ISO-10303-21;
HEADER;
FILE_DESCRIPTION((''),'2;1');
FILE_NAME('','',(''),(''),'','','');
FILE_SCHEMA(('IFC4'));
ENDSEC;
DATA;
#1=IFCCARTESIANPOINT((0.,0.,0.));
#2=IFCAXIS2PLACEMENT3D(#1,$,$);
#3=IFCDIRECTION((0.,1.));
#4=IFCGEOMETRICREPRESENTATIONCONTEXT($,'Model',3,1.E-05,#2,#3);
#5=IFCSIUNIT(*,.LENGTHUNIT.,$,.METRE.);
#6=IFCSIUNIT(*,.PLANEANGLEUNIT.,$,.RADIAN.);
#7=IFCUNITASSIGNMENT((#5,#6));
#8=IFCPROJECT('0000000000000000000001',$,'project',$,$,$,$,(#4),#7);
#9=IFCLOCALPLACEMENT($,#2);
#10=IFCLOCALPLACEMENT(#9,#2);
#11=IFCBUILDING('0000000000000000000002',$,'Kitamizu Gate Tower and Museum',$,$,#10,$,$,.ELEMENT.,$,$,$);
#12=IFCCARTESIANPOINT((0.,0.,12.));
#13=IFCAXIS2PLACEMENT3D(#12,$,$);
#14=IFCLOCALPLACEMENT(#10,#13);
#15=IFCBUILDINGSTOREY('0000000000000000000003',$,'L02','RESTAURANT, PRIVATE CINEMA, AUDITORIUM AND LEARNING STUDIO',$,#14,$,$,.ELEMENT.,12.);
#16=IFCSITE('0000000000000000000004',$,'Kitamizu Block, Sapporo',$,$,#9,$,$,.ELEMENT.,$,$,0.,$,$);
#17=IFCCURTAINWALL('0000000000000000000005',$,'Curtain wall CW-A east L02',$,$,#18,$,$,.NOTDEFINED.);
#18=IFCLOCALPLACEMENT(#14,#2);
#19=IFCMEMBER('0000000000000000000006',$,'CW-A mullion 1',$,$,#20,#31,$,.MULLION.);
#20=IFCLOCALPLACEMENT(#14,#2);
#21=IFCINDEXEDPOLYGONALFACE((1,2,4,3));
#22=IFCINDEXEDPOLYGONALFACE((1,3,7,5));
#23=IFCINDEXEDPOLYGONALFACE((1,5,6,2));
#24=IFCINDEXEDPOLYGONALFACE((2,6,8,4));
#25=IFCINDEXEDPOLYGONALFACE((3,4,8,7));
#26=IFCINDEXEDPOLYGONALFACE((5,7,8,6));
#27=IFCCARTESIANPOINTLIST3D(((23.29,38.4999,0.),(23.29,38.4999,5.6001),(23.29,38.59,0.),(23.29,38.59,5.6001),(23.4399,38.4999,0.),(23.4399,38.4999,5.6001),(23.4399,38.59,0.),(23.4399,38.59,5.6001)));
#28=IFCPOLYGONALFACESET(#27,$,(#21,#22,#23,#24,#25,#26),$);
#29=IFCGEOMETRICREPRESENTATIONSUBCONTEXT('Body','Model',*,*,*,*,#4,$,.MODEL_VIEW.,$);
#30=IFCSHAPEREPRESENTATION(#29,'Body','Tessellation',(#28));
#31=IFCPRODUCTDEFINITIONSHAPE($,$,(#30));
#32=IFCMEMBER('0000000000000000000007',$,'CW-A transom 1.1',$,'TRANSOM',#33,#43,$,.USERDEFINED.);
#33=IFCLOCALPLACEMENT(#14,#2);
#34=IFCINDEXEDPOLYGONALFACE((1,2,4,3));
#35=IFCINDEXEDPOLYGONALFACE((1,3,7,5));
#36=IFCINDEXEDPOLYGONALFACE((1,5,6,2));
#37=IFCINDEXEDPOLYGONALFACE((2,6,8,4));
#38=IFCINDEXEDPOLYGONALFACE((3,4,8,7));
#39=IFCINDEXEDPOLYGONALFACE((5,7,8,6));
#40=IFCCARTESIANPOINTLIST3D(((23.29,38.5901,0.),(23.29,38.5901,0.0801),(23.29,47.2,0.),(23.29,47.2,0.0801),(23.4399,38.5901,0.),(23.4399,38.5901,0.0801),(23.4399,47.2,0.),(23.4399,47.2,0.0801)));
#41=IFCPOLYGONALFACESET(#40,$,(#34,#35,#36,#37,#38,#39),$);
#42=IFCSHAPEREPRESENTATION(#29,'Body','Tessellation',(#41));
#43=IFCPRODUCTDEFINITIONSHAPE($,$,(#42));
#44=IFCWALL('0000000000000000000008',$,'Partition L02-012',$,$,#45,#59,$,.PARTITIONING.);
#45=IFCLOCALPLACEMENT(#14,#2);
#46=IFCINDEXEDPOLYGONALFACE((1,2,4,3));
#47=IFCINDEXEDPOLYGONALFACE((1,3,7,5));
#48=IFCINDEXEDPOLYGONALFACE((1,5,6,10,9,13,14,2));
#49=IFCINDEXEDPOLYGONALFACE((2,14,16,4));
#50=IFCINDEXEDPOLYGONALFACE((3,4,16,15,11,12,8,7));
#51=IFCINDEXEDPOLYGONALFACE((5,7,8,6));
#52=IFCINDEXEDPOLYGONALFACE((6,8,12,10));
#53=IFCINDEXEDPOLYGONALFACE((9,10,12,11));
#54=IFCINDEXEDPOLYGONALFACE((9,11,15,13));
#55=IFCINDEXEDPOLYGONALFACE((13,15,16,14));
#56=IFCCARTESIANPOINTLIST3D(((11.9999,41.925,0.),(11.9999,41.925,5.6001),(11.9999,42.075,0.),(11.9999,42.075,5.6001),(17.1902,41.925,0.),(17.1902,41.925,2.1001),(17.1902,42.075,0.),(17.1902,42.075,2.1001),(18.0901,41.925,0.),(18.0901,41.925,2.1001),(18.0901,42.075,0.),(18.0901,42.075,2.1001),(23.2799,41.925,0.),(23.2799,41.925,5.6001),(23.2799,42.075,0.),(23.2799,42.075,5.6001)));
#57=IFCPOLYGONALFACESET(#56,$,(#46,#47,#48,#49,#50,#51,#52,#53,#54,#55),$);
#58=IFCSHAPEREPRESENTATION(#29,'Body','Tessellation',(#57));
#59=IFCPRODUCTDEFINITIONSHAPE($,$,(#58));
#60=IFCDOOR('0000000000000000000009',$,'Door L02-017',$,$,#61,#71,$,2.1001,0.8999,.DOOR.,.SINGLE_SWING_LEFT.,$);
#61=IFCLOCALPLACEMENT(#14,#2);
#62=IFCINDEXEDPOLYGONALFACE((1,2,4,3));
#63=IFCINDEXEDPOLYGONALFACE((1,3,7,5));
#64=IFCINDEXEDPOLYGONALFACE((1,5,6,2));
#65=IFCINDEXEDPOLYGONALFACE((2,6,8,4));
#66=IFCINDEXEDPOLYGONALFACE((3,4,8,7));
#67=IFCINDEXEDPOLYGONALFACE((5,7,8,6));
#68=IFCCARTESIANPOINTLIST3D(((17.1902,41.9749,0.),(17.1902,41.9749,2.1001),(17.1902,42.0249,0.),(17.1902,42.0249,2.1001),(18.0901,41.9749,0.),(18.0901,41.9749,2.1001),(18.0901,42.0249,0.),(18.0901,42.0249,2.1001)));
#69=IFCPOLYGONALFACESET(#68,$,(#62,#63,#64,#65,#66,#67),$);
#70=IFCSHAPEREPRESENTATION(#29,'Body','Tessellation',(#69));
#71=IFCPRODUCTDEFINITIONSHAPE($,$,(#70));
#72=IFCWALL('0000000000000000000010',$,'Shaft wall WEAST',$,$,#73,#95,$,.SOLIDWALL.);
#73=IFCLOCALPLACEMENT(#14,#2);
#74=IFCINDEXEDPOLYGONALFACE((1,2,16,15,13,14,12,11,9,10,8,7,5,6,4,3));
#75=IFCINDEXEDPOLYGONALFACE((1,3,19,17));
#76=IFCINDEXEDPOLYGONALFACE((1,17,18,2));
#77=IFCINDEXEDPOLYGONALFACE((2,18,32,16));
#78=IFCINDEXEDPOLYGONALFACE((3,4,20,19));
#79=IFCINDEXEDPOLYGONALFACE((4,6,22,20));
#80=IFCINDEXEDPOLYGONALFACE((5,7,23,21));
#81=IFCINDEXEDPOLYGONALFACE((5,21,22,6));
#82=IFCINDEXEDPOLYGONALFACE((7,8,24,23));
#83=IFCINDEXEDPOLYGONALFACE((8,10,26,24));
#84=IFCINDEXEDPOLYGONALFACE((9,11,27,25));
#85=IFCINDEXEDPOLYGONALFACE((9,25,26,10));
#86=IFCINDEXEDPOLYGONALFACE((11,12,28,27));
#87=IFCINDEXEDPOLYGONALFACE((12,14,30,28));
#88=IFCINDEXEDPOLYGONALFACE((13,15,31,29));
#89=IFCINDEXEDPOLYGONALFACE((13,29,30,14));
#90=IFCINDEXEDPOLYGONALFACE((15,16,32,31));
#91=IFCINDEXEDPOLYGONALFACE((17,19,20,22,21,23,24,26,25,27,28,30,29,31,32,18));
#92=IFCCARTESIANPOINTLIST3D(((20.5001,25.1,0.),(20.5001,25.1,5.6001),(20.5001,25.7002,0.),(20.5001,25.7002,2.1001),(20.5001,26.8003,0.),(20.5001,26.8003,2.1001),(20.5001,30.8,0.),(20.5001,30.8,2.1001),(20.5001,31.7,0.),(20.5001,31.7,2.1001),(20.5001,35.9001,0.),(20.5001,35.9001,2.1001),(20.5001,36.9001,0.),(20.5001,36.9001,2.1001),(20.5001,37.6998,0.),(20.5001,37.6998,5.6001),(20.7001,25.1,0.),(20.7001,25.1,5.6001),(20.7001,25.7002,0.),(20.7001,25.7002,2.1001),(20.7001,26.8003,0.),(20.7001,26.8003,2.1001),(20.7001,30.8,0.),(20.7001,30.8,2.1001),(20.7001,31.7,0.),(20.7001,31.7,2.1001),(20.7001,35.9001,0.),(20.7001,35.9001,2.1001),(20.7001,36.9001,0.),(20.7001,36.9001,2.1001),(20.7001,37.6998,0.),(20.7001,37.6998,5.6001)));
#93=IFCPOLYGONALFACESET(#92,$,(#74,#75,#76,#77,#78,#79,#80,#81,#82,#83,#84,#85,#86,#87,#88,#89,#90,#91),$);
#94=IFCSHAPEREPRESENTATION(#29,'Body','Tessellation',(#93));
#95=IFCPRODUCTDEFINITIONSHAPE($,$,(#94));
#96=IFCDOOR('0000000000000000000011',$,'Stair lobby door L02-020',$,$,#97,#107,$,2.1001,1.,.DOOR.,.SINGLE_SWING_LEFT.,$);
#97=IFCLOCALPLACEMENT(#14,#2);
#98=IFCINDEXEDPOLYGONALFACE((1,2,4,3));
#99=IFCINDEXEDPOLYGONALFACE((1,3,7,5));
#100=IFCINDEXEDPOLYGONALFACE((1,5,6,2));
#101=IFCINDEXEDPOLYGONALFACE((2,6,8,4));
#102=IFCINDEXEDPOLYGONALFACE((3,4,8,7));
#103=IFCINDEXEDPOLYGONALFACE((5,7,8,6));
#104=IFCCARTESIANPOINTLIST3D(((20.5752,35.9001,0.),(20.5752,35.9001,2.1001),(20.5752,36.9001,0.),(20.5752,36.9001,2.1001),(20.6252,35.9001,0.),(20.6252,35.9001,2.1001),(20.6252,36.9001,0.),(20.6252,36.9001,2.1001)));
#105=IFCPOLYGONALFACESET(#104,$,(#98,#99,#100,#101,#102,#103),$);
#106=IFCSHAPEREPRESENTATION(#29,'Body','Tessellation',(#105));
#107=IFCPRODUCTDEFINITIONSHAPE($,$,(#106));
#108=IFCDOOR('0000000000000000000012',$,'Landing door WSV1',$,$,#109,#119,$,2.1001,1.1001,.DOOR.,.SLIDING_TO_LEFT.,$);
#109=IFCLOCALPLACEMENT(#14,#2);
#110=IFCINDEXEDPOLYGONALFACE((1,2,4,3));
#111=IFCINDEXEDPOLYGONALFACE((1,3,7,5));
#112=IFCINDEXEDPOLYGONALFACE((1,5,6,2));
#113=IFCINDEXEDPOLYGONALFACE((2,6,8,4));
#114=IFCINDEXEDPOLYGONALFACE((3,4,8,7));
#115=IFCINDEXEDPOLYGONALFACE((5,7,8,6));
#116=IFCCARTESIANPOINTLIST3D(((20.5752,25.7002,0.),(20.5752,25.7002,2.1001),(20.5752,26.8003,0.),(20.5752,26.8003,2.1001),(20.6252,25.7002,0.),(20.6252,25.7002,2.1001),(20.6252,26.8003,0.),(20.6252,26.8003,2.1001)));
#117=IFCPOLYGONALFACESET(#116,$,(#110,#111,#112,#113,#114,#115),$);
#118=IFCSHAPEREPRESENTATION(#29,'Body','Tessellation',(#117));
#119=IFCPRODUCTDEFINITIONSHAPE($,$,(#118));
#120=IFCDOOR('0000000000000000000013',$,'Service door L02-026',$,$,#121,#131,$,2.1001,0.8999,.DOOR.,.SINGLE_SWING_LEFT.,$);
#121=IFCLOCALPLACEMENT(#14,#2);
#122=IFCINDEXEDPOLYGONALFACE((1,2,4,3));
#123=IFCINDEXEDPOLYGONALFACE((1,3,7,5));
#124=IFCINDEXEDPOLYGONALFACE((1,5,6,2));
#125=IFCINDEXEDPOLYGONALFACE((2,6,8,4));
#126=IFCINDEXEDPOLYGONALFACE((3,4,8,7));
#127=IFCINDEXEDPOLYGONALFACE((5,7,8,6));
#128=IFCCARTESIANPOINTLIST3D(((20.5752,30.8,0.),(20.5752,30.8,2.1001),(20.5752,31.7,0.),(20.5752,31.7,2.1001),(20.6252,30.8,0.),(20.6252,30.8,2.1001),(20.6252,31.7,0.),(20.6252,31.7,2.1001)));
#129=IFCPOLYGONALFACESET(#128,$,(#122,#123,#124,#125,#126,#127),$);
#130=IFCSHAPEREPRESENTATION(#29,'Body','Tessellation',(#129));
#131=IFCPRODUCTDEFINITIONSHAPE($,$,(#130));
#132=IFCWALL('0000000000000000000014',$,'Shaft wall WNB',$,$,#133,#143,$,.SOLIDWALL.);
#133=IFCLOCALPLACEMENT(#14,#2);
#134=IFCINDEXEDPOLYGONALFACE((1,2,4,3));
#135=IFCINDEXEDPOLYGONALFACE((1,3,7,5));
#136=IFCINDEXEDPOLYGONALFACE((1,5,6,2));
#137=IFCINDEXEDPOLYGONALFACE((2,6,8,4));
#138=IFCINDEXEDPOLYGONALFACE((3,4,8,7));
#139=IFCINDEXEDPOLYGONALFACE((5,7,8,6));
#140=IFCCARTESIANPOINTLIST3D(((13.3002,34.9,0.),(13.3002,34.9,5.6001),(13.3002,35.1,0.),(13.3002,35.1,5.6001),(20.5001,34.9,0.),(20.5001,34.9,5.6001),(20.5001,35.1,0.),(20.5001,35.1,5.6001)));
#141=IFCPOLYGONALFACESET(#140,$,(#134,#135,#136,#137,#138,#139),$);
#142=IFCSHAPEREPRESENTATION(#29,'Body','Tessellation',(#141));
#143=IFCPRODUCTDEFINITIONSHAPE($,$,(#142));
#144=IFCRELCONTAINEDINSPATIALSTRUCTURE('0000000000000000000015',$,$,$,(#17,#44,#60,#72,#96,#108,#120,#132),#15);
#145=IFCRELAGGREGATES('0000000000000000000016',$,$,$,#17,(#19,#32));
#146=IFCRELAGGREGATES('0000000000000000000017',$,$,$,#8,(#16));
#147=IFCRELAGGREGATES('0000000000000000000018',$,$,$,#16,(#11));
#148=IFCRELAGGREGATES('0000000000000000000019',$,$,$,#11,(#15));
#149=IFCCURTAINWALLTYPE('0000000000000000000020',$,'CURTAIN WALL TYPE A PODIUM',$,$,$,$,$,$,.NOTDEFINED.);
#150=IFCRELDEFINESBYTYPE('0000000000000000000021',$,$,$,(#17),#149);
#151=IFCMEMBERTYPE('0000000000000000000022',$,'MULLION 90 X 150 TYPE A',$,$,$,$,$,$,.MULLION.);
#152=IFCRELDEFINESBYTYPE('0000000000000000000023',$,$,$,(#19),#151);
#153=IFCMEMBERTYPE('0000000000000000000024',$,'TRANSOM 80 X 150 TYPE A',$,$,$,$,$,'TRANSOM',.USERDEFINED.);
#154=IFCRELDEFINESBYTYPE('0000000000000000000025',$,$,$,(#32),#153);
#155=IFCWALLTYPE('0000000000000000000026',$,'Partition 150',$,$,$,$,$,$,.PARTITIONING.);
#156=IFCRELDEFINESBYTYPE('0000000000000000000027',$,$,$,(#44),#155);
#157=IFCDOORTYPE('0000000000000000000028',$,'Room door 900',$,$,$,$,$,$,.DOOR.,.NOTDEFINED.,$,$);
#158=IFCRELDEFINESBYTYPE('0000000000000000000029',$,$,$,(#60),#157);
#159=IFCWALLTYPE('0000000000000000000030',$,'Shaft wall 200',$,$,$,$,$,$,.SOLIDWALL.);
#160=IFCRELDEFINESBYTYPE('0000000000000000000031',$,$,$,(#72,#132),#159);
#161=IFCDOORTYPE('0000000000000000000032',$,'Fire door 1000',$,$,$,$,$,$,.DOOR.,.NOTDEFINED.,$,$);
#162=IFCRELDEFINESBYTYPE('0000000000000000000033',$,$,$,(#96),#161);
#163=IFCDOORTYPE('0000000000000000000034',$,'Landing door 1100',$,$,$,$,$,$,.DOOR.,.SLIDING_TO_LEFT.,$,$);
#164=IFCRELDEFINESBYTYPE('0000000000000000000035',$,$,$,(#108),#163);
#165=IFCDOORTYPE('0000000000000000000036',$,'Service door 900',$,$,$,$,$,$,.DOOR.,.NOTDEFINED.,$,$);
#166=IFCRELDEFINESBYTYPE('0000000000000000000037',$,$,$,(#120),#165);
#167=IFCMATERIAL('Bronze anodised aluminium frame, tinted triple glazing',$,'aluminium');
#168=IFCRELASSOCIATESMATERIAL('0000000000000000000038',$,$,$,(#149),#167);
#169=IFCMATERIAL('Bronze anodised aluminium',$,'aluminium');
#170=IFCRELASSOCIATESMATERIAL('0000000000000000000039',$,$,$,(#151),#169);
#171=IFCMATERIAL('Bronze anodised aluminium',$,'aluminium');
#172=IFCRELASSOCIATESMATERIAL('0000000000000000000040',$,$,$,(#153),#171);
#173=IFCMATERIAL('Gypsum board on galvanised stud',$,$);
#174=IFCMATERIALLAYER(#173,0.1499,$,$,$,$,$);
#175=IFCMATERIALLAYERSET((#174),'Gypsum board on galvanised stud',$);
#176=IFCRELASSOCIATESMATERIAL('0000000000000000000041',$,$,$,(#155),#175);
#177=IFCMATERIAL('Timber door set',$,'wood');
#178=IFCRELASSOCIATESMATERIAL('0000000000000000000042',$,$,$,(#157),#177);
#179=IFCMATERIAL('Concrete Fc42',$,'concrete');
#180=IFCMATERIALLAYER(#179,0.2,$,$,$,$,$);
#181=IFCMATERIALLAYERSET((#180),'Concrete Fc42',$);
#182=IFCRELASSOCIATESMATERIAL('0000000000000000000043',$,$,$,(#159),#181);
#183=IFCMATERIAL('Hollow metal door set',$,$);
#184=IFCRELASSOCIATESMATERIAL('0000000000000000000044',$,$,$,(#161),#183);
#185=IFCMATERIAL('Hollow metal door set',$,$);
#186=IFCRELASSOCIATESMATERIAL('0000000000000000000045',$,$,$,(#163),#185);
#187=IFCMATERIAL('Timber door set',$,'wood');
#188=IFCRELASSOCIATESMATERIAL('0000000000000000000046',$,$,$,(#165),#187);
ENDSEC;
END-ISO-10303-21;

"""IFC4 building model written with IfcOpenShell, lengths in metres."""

from ifc_helpers import new_model, si_unit, direction, frame, frame_2d, origin, origin_2d, place, context, subcontext, project, spatial, rectangle, extrude, material, layer, layer_set, material_profile, profile_set, type_object, element, fill, aggregate, save


model = new_model("IFC4")

# Units and contexts
model_context = context("Model", 3, precision=1e-05, world=origin(), true_north=direction((0.0, 1.0)))
body_context = subcontext(model_context, "Body", "Model", "MODEL_VIEW")
ifc_project = project(units=[si_unit("LENGTHUNIT", "METRE"), si_unit("PLANEANGLEUNIT", "RADIAN")], contexts=[model_context])

# Site, building, storey
site_placement = place(None, origin())
site = spatial("IfcSite", under=ifc_project, at=site_placement, Name="Kitamizu Block, Sapporo", CompositionType="ELEMENT", RefElevation=0.0)
building_placement = place(site_placement, origin())
building = spatial("IfcBuilding", under=site, at=building_placement, Name="Kitamizu Gate Tower and Museum", CompositionType="ELEMENT")
storey_placement = place(building_placement, frame((0.0, 0.0, 12.0)))
storey = spatial("IfcBuildingStorey", under=building, at=storey_placement, Name="L02", Description="RESTAURANT, PRIVATE CINEMA, AUDITORIUM AND LEARNING STUDIO", CompositionType="ELEMENT", Elevation=12.0)

# Curtain wall, members
ifc_material_1 = material(Name="Bronze anodised aluminium frame, tinted triple glazing", Category="aluminium")
curtain_wall_type = type_object("IfcCurtainWallType", Name="CURTAIN WALL TYPE A PODIUM", PredefinedType="NOTDEFINED", material=ifc_material_1)
curtain_wall_placement = place(storey_placement, origin())
curtain_wall = element("IfcCurtainWall", 1, at=curtain_wall_placement, inside=storey, type_object=curtain_wall_type, Name="Curtain wall CW-A east L02", PredefinedType="NOTDEFINED")
ifc_material_2 = material(Name="Bronze anodised aluminium", Category="aluminium")
ifc_material_profile_1 = material_profile(ifc_material_2, rectangle(XDim=0.0901, YDim=0.1499, at=origin_2d()), Name="AL 90X150")
ifc_profile_set_1 = profile_set([ifc_material_profile_1], Name="Bronze anodised aluminium")
member_type_1 = type_object("IfcMemberType", Name="MULLION 90 X 150 TYPE A", PredefinedType="MULLION", material=ifc_profile_set_1)
member_1_placement = place(storey_placement, frame((23.365, 38.5449, 0.0), z_axis=(0.0, 0.0, 1.0), x_axis=(0.0, 1.0, 0.0)))
member_1 = element("IfcMember", 2, at=member_1_placement, type_object=member_type_1, Name="CW-A mullion 1", PredefinedType="MULLION", context=body_context, shape_type="SweptSolid", body=[
    extrude(rectangle(XDim=0.0901, YDim=0.1499, at=origin_2d()), origin(), (0.0, 0.0, 1.0), 5.6001),
])
ifc_material_3 = material(Name="Bronze anodised aluminium", Category="aluminium")
ifc_material_profile_2 = material_profile(ifc_material_3, rectangle(XDim=0.1499, YDim=0.0801, at=origin_2d()), Name="AL 80X150")
ifc_profile_set_2 = profile_set([ifc_material_profile_2], Name="Bronze anodised aluminium")
member_type_2 = type_object("IfcMemberType", Name="TRANSOM 80 X 150 TYPE A", ElementType="TRANSOM", PredefinedType="USERDEFINED", material=ifc_profile_set_2)
member_2_placement = place(storey_placement, frame((23.365, 38.5901, 0.04), z_axis=(0.0, 1.0, 0.0), x_axis=(-1.0, 0.0, 0.0)))
member_2 = element("IfcMember", 3, at=member_2_placement, type_object=member_type_2, Name="CW-A transom 1.1", ObjectType="TRANSOM", PredefinedType="USERDEFINED", context=body_context, shape_type="SweptSolid", body=[
    extrude(rectangle(XDim=0.1499, YDim=0.0801, at=origin_2d()), origin(), (0.0, 0.0, 1.0), 8.6099),
])
aggregate(curtain_wall, [member_1, member_2])

# Wall, opening, door
ifc_material_4 = material(Name="Gypsum board on galvanised stud")
ifc_layer_1 = layer(ifc_material_4, 0.1499)
ifc_layer_set_1 = layer_set([ifc_layer_1], Name="Gypsum board on galvanised stud")
wall_type_1 = type_object("IfcWallType", Name="Partition 150", PredefinedType="PARTITIONING", material=ifc_layer_set_1)
wall_1_placement = place(storey_placement, frame((23.28, 42.0, 0.0), z_axis=(0.0, 0.0, 1.0), x_axis=(-1.0, 0.0, 0.0)))
wall_1 = element("IfcWall", 4, at=wall_1_placement, inside=storey, type_object=wall_type_1, Name="Partition L02-012", PredefinedType="PARTITIONING", context=body_context, shape_type="SweptSolid", body=[
    extrude(rectangle(XDim=11.28, YDim=0.1499, at=frame_2d((5.6401, 0.0))), origin(), (0.0, 0.0, 1.0), 5.6001),
])
opening_1_placement = place(wall_1_placement, frame((5.1899, 0.0, 0.0)))
opening_1 = element("IfcOpeningElement", 5, at=opening_1_placement, cuts=wall_1, PredefinedType="OPENING", context=body_context, shape_type="SweptSolid", body=[
    extrude(rectangle(XDim=0.8999, YDim=2.1001, at=frame_2d((0.45, 1.05))), frame((0.0, 0.085, 0.0), z_axis=(0.0, -1.0, 0.0), x_axis=(1.0, 0.0, 0.0)), (0.0, 0.0, 1.0), 0.1699),
])
ifc_material_5 = material(Name="Timber door set", Category="wood")
door_type_1 = type_object("IfcDoorType", Name="Room door 900", OperationType="NOTDEFINED", PredefinedType="DOOR", material=ifc_material_5)
door_1_placement = place(opening_1_placement, frame((0.8999, 0.0, 0.0), x_axis=(-1.0, 0.0, 0.0)))
door_1 = element("IfcDoor", 6, at=door_1_placement, inside=storey, type_object=door_type_1, Name="Door L02-017", OperationType="SINGLE_SWING_LEFT", OverallHeight=2.1001, OverallWidth=0.8999, PredefinedType="DOOR", context=body_context, shape_type="SweptSolid", body=[
    extrude(rectangle(XDim=0.8999, YDim=2.1001, at=frame_2d((0.45, 1.05))), frame((0.0, 0.0249, 0.0), z_axis=(0.0, -1.0, 0.0), x_axis=(1.0, 0.0, 0.0)), (0.0, 0.0, 1.0), 0.05),
])
fill(opening_1, door_1)

# Wall, openings, doors
ifc_material_6 = material(Name="Concrete Fc42", Category="concrete")
ifc_layer_2 = layer(ifc_material_6, 0.2)
ifc_layer_set_2 = layer_set([ifc_layer_2], Name="Concrete Fc42")
wall_type_2 = type_object("IfcWallType", Name="Shaft wall 200", PredefinedType="SOLIDWALL", material=ifc_layer_set_2)
wall_2_placement = place(storey_placement, frame((20.6001, 25.1001, 0.0), z_axis=(0.0, 0.0, 1.0), x_axis=(0.0, 1.0, 0.0)))
wall_2 = element("IfcWall", 7, at=wall_2_placement, inside=storey, type_object=wall_type_2, Name="Shaft wall WEAST", PredefinedType="SOLIDWALL", context=body_context, shape_type="SweptSolid", body=[
    extrude(rectangle(XDim=12.5999, YDim=0.2, at=frame_2d((6.2998, 0.0))), origin(), (0.0, 0.0, 1.0), 5.6001),
])
opening_2_placement = place(wall_2_placement, frame((0.6001, 0.0, 0.0)))
opening_2 = element("IfcOpeningElement", 8, at=opening_2_placement, cuts=wall_2, PredefinedType="OPENING", context=body_context, shape_type="SweptSolid", body=[
    extrude(rectangle(XDim=1.1001, YDim=2.1001, at=frame_2d((0.55, 1.05))), frame((0.0, 0.1099, 0.0), z_axis=(0.0, -1.0, 0.0), x_axis=(1.0, 0.0, 0.0)), (0.0, 0.0, 1.0), 0.22),
])
opening_3_placement = place(wall_2_placement, frame((10.8, 0.0, 0.0)))
opening_3 = element("IfcOpeningElement", 9, at=opening_3_placement, cuts=wall_2, PredefinedType="OPENING", context=body_context, shape_type="SweptSolid", body=[
    extrude(rectangle(XDim=1.0, YDim=2.1001, at=frame_2d((0.5, 1.05))), frame((0.0, 0.1099, 0.0), z_axis=(0.0, -1.0, 0.0), x_axis=(1.0, 0.0, 0.0)), (0.0, 0.0, 1.0), 0.22),
])
opening_4_placement = place(wall_2_placement, frame((5.7, 0.0, 0.0)))
opening_4 = element("IfcOpeningElement", 10, at=opening_4_placement, cuts=wall_2, PredefinedType="OPENING", context=body_context, shape_type="SweptSolid", body=[
    extrude(rectangle(XDim=0.8999, YDim=2.1001, at=frame_2d((0.45, 1.05))), frame((0.0, 0.1099, 0.0), z_axis=(0.0, -1.0, 0.0), x_axis=(1.0, 0.0, 0.0)), (0.0, 0.0, 1.0), 0.22),
])
ifc_material_7 = material(Name="Hollow metal door set")
door_type_2 = type_object("IfcDoorType", Name="Fire door 1000", OperationType="NOTDEFINED", PredefinedType="DOOR", material=ifc_material_7)
door_2_placement = place(opening_3_placement, origin())
door_2 = element("IfcDoor", 11, at=door_2_placement, inside=storey, type_object=door_type_2, Name="Stair lobby door L02-020", OperationType="SINGLE_SWING_LEFT", OverallHeight=2.1001, OverallWidth=1.0, PredefinedType="DOOR", context=body_context, shape_type="SweptSolid", body=[
    extrude(rectangle(XDim=1.0, YDim=2.1001, at=frame_2d((0.5, 1.05))), frame((0.0, 0.0249, 0.0), z_axis=(0.0, -1.0, 0.0), x_axis=(1.0, 0.0, 0.0)), (0.0, 0.0, 1.0), 0.05),
])
fill(opening_3, door_2)
ifc_material_8 = material(Name="Hollow metal door set")
door_type_3 = type_object("IfcDoorType", Name="Landing door 1100", OperationType="SLIDING_TO_LEFT", PredefinedType="DOOR", material=ifc_material_8)
door_3_placement = place(opening_2_placement, origin())
door_3 = element("IfcDoor", 12, at=door_3_placement, inside=storey, type_object=door_type_3, Name="Landing door WSV1", OperationType="SLIDING_TO_LEFT", OverallHeight=2.1001, OverallWidth=1.1001, PredefinedType="DOOR", context=body_context, shape_type="SweptSolid", body=[
    extrude(rectangle(XDim=1.1001, YDim=2.1001, at=frame_2d((0.55, 1.05))), frame((0.0, 0.0249, 0.0), z_axis=(0.0, -1.0, 0.0), x_axis=(1.0, 0.0, 0.0)), (0.0, 0.0, 1.0), 0.05),
])
fill(opening_2, door_3)
ifc_material_9 = material(Name="Timber door set", Category="wood")
door_type_4 = type_object("IfcDoorType", Name="Service door 900", OperationType="NOTDEFINED", PredefinedType="DOOR", material=ifc_material_9)
door_4_placement = place(opening_4_placement, origin())
door_4 = element("IfcDoor", 13, at=door_4_placement, inside=storey, type_object=door_type_4, Name="Service door L02-026", OperationType="SINGLE_SWING_LEFT", OverallHeight=2.1001, OverallWidth=0.8999, PredefinedType="DOOR", context=body_context, shape_type="SweptSolid", body=[
    extrude(rectangle(XDim=0.8999, YDim=2.1001, at=frame_2d((0.45, 1.05))), frame((0.0, 0.0249, 0.0), z_axis=(0.0, -1.0, 0.0), x_axis=(1.0, 0.0, 0.0)), (0.0, 0.0, 1.0), 0.05),
])
fill(opening_4, door_4)

# Wall
wall_3_placement = place(storey_placement, frame((13.3, 35.0, 0.0), z_axis=(0.0, 0.0, 1.0), x_axis=(1.0, 0.0, 0.0)))
element("IfcWall", 14, at=wall_3_placement, inside=storey, type_object=wall_type_2, Name="Shaft wall WNB", PredefinedType="SOLIDWALL", context=body_context, shape_type="SweptSolid", body=[
    extrude(rectangle(XDim=7.2, YDim=0.2, at=frame_2d((3.6001, 0.0))), origin(), (0.0, 0.0, 1.0), 5.6001),
])

save(model, "model.ifc")
